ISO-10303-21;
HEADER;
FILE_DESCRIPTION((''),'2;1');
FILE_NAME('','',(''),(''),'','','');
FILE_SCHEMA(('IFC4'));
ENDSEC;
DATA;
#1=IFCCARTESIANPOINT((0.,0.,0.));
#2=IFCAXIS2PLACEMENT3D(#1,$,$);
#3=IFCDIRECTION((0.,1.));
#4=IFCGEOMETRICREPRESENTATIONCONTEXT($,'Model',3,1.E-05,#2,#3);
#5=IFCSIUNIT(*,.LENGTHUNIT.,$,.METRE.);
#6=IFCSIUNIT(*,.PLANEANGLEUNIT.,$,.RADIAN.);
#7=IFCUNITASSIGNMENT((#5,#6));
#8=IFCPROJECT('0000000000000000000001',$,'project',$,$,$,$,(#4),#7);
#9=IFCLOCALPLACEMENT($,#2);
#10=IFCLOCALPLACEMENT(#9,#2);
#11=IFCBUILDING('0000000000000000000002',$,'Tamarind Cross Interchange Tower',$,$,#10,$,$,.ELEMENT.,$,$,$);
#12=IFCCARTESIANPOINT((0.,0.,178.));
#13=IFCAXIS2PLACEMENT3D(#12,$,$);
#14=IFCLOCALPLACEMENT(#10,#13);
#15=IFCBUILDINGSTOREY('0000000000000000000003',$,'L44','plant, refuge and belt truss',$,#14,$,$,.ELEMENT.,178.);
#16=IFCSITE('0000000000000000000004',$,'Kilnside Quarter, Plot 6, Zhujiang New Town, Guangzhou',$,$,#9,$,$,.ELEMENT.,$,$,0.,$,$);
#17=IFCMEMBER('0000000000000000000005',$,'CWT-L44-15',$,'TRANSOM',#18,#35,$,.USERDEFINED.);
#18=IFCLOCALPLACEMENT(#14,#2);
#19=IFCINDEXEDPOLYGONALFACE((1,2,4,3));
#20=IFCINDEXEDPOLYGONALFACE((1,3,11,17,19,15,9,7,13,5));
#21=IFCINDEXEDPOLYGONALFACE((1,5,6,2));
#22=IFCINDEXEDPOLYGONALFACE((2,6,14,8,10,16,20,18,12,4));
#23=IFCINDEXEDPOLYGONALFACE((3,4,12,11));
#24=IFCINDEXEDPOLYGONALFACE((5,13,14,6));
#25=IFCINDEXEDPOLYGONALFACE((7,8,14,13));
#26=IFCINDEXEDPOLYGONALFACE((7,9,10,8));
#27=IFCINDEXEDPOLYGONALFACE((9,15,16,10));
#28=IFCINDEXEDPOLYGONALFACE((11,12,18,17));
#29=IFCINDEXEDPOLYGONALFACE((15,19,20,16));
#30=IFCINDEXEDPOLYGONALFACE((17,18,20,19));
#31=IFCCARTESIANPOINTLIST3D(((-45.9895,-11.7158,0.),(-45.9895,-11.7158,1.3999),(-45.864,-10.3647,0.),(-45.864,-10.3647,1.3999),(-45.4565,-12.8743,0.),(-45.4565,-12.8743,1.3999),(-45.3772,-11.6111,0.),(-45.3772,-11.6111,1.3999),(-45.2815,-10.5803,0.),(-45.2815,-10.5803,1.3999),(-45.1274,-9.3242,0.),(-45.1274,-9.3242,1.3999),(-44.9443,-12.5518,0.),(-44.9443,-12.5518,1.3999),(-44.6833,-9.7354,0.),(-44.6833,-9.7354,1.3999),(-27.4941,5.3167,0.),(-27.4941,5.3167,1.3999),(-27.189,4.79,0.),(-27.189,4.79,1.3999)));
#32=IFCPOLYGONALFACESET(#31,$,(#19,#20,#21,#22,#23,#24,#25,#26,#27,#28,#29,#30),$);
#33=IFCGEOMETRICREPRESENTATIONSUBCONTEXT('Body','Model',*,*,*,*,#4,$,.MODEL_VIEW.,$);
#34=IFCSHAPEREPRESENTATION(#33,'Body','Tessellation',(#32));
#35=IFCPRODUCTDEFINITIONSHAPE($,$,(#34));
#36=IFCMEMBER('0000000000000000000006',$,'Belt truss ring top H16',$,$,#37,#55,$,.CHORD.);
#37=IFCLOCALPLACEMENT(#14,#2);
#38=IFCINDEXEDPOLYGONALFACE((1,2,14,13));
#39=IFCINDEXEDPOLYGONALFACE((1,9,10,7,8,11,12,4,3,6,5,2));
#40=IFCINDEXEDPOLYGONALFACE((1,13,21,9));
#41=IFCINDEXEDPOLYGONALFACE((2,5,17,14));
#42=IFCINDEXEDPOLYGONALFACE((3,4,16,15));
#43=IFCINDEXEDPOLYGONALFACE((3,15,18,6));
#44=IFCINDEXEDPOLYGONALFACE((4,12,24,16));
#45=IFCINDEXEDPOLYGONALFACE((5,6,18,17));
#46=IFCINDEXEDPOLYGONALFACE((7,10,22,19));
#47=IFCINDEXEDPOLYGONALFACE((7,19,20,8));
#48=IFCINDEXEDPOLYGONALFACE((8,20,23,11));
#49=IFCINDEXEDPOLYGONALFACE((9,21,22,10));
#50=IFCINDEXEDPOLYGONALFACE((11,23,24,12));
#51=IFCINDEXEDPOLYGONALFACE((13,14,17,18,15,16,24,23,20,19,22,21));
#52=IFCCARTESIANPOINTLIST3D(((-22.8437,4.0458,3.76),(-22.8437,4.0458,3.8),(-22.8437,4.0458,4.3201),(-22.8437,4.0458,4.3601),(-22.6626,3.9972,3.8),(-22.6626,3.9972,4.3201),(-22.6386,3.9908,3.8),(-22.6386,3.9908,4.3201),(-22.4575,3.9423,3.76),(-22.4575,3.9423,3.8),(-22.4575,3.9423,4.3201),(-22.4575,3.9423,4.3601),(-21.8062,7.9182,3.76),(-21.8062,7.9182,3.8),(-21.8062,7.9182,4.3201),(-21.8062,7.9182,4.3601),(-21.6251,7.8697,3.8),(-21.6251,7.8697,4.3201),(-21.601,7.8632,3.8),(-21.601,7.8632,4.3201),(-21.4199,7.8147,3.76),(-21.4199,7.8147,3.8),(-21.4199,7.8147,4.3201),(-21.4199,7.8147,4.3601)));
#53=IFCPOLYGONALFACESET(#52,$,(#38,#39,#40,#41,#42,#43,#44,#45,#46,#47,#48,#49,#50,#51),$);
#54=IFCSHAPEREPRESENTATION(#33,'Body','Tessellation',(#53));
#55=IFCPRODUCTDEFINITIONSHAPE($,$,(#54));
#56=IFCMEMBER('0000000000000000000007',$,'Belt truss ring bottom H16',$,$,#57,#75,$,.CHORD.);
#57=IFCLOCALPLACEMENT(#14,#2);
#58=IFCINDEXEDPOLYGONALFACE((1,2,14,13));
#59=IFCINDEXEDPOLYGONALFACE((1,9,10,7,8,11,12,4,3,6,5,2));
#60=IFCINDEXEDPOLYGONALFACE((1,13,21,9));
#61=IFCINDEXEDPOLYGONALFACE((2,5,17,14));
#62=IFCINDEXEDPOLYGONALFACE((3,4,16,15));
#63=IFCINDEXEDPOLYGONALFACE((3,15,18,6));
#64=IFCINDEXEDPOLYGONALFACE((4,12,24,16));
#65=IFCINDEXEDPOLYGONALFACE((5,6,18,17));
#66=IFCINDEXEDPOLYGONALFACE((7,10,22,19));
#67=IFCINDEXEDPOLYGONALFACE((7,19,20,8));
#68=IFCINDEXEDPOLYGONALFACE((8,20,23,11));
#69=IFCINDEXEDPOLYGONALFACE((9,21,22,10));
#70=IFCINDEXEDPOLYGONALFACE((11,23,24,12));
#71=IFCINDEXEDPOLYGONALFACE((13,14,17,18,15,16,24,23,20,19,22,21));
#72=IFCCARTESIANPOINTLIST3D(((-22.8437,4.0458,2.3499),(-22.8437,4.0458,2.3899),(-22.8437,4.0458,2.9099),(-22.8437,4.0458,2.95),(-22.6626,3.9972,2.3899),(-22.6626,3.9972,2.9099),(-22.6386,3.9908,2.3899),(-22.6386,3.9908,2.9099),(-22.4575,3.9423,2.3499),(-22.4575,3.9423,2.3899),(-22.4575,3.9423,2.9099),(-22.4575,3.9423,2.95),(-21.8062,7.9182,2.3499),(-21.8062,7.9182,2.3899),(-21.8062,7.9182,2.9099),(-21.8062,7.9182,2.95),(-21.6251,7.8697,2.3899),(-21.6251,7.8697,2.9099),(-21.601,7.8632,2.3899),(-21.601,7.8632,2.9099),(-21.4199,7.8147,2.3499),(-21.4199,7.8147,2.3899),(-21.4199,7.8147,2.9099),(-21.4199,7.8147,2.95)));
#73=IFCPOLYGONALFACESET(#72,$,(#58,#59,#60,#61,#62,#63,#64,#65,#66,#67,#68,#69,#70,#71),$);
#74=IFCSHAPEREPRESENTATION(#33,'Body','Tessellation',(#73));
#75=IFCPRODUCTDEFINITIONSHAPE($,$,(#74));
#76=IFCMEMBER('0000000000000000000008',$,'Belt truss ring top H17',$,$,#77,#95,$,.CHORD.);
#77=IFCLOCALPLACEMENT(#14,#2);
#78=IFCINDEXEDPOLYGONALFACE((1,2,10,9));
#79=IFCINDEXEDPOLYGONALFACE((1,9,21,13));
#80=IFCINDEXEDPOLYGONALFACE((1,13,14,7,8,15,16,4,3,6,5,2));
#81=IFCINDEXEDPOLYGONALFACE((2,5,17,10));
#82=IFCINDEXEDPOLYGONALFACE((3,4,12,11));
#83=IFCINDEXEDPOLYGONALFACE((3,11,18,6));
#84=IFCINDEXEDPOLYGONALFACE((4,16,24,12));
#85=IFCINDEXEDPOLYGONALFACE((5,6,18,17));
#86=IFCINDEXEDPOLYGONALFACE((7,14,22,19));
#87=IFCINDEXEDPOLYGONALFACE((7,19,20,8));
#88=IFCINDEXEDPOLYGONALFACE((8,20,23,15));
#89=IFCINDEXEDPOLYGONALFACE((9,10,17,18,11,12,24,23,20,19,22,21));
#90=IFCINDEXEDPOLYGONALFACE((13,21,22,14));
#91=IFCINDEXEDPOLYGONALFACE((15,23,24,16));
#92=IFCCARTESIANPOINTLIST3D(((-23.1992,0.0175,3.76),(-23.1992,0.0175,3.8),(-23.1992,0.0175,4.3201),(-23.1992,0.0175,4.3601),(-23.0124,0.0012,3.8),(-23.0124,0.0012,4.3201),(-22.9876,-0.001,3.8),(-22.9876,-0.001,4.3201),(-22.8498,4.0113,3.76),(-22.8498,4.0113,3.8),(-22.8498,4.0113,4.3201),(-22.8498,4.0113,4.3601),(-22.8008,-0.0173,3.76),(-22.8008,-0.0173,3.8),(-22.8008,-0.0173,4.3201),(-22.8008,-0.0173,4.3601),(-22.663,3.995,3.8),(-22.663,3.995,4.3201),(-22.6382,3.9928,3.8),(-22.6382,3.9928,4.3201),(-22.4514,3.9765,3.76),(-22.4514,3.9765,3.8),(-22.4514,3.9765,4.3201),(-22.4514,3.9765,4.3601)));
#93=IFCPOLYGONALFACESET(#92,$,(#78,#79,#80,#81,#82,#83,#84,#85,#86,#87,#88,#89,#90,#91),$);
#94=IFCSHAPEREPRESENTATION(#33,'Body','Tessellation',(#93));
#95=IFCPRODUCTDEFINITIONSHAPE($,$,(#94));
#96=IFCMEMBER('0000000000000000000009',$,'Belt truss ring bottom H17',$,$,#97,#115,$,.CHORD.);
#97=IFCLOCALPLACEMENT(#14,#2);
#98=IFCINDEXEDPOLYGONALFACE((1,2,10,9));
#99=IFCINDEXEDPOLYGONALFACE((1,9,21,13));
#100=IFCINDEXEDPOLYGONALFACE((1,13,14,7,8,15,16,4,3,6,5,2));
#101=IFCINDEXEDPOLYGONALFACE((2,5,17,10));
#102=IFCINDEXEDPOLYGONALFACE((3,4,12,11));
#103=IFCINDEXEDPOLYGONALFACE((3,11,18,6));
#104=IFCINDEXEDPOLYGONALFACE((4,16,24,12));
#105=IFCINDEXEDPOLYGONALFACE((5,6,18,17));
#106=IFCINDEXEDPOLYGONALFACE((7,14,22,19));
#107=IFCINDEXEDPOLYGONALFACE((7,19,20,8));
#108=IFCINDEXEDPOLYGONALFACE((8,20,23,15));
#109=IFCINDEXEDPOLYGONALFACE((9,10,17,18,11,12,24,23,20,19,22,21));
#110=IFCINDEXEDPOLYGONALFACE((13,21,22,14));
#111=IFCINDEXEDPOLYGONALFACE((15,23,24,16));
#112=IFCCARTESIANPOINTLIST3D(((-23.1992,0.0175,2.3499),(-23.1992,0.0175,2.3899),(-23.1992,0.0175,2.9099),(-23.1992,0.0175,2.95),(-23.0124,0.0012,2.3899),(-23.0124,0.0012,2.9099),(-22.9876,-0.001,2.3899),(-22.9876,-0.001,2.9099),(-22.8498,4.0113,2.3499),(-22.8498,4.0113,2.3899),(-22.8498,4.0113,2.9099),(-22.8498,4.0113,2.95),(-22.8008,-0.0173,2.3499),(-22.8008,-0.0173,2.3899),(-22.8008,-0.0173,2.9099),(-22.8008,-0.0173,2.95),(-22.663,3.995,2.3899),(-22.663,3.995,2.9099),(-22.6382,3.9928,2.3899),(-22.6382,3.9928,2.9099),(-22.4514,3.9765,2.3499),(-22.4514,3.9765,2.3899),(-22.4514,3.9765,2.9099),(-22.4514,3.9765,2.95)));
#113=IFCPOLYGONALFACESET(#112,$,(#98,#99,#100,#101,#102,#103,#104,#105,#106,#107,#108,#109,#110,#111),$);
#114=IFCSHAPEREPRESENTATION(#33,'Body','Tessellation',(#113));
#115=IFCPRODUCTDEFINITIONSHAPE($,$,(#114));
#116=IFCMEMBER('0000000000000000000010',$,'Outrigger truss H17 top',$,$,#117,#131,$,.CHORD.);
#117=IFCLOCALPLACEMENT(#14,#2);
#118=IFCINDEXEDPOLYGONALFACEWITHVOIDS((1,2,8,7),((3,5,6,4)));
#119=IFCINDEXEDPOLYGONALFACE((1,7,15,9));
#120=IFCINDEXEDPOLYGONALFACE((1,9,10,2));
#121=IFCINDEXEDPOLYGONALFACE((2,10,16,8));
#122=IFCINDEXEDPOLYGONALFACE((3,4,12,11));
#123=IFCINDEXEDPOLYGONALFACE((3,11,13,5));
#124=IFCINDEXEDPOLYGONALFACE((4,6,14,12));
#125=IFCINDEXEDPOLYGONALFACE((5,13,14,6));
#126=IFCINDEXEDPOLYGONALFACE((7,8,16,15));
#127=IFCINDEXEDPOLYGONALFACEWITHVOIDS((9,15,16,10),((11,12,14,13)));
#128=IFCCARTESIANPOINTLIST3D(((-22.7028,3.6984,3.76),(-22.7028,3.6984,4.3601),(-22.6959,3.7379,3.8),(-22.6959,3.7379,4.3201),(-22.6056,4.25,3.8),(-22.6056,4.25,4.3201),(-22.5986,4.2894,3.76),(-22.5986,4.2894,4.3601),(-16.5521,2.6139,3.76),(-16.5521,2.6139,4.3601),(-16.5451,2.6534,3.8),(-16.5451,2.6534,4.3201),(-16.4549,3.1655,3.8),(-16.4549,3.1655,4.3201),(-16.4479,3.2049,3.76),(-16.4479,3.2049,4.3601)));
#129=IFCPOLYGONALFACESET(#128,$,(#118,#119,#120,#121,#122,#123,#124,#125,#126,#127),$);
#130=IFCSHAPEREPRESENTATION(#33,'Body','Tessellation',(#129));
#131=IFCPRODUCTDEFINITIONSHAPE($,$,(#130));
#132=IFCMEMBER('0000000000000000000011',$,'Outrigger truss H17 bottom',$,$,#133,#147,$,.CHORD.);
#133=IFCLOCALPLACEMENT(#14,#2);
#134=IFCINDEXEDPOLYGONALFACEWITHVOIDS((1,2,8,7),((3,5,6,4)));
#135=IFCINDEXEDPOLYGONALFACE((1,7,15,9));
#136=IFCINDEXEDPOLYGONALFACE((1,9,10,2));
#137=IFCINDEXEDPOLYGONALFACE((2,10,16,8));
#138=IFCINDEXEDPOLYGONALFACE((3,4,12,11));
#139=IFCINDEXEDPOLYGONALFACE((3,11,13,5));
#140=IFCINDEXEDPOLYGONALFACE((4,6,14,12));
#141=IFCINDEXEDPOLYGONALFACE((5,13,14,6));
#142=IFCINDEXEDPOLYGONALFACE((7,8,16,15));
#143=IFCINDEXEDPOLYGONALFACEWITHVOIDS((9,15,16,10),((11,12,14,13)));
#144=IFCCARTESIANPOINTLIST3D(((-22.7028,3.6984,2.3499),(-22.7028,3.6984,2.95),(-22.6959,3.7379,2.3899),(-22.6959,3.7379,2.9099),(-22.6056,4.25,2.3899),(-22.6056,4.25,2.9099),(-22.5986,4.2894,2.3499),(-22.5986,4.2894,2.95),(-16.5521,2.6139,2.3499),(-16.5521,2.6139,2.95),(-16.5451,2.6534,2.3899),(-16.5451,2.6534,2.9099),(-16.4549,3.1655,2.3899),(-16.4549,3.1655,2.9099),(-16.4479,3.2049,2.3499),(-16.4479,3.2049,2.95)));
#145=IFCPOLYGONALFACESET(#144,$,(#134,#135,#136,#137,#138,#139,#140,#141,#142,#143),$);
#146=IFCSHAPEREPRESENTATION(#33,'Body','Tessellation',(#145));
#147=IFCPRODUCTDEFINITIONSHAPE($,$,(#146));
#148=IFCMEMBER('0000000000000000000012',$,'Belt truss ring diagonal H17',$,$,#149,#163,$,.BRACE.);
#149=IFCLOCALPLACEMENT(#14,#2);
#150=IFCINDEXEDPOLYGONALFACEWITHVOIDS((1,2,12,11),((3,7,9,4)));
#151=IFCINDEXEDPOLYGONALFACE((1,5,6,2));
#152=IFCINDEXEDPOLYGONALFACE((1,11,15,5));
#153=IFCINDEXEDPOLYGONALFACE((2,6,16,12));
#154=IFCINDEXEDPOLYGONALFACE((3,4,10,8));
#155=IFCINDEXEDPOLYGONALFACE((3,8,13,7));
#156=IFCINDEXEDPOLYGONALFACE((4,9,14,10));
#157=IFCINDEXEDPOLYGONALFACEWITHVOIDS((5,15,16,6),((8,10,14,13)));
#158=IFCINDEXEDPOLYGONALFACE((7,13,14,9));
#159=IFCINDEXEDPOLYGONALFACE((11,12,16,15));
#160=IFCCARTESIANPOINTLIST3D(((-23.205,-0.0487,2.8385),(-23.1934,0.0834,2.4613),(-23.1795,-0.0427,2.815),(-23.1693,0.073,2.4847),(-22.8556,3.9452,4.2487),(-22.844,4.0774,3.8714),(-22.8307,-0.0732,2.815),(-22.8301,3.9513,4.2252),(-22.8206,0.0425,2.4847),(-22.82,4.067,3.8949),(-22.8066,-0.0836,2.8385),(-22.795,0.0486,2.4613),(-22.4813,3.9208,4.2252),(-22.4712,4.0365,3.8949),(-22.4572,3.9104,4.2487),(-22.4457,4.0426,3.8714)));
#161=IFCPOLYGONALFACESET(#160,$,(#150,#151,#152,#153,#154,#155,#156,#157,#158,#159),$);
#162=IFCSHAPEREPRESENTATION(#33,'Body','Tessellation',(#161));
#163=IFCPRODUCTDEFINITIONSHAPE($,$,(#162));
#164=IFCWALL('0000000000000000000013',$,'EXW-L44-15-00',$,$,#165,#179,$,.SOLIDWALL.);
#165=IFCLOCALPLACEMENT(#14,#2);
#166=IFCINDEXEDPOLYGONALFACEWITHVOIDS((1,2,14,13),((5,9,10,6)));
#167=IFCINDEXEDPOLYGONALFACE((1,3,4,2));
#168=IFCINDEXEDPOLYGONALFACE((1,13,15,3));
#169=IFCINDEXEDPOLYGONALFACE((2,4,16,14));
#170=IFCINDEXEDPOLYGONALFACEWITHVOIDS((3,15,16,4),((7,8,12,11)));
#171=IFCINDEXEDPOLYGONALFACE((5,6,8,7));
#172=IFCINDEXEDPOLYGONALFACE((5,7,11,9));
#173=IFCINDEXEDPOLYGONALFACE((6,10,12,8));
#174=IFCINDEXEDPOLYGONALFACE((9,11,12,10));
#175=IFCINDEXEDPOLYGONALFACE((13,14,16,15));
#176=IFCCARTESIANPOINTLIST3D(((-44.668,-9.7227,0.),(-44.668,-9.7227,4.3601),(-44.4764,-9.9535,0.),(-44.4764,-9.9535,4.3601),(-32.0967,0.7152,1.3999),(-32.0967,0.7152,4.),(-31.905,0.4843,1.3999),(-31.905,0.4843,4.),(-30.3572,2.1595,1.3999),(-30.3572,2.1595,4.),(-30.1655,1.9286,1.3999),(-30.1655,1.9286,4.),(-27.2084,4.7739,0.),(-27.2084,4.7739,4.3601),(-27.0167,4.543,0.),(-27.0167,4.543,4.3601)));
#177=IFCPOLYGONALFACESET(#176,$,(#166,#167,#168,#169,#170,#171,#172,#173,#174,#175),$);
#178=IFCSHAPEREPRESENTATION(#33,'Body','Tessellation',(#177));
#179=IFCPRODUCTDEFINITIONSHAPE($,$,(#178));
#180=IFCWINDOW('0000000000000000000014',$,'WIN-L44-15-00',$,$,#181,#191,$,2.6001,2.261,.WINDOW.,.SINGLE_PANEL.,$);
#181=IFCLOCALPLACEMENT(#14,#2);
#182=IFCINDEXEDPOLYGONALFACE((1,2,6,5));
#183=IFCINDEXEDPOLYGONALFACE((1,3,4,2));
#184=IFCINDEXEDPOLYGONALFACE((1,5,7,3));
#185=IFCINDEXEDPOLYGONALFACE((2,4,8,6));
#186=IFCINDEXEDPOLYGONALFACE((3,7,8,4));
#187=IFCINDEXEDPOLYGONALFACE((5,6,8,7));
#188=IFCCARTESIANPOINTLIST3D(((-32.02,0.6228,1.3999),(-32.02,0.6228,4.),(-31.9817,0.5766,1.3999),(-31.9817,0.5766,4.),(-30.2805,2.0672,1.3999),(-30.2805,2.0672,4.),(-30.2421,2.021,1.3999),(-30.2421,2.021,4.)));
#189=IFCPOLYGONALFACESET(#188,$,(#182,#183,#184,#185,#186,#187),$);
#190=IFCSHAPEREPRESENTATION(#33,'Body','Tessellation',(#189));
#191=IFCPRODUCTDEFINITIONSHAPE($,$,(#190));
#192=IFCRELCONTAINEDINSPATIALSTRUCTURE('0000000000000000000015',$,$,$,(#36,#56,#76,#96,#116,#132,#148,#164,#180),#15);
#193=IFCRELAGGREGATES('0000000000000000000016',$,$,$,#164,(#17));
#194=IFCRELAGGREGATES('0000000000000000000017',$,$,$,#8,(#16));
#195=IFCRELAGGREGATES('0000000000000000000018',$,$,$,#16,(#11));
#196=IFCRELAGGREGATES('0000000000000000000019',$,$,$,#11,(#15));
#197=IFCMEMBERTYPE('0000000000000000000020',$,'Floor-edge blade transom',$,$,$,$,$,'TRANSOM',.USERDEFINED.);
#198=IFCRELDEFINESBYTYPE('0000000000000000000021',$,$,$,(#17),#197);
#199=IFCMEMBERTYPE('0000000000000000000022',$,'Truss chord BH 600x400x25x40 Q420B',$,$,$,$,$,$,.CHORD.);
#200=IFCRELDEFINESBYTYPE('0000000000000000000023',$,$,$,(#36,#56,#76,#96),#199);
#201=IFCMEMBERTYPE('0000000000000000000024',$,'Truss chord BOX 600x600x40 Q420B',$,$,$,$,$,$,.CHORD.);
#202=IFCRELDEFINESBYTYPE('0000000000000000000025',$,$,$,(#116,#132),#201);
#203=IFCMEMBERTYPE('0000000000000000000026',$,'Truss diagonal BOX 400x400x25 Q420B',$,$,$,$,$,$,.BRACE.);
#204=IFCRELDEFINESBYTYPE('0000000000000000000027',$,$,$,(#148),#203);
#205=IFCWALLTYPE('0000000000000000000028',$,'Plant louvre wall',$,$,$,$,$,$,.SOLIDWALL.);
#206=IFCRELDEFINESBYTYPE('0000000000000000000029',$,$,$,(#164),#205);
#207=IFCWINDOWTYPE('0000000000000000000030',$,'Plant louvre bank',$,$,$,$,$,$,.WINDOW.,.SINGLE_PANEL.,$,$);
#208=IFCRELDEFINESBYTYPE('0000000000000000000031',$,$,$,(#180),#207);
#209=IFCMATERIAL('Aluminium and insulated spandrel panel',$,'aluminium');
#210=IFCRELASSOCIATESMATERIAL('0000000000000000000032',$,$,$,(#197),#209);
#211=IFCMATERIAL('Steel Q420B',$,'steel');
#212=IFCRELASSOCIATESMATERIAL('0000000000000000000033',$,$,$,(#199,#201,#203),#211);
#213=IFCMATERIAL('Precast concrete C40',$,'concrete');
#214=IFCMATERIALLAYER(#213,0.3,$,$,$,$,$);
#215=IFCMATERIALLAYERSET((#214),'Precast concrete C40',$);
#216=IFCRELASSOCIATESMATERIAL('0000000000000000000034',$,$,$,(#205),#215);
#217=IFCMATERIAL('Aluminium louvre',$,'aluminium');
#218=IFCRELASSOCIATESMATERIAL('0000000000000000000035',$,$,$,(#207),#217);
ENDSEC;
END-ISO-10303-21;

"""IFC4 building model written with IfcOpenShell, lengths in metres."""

from ifc_helpers import new_model, si_unit, direction, frame, frame_2d, origin, origin_2d, place, context, subcontext, project, spatial, polyline, rectangle, hollow_rectangle, i_section, outline, extrude, material, layer, layer_set, material_profile, profile_set, type_object, element, fill, aggregate, save


model = new_model("IFC4")

# Units and contexts
model_context = context("Model", 3, precision=1e-05, world=origin(), true_north=direction((0.0, 1.0)))
body_context = subcontext(model_context, "Body", "Model", "MODEL_VIEW")
ifc_project = project(units=[si_unit("LENGTHUNIT", "METRE"), si_unit("PLANEANGLEUNIT", "RADIAN")], contexts=[model_context])

# Site, building, storey
site_placement = place(None, origin())
site = spatial("IfcSite", under=ifc_project, at=site_placement, Name="Kilnside Quarter, Plot 6, Zhujiang New Town, Guangzhou", CompositionType="ELEMENT", RefElevation=0.0)
building_placement = place(site_placement, origin())
building = spatial("IfcBuilding", under=site, at=building_placement, Name="Tamarind Cross Interchange Tower", CompositionType="ELEMENT")
storey_placement = place(building_placement, frame((0.0, 0.0, 178.0)))
storey = spatial("IfcBuildingStorey", under=building, at=storey_placement, Name="L44", Description="plant, refuge and belt truss", CompositionType="ELEMENT", Elevation=178.0)

# Member
ifc_material_1 = material(Name="Aluminium and insulated spandrel panel", Category="aluminium")
member_type_1 = type_object("IfcMemberType", Name="Floor-edge blade transom", ElementType="TRANSOM", PredefinedType="USERDEFINED", material=ifc_material_1)
member_1_placement = place(storey_placement, origin())
member_1 = element("IfcMember", 1, at=member_1_placement, type_object=member_type_1, Name="CWT-L44-15", ObjectType="TRANSOM", PredefinedType="USERDEFINED", context=body_context, shape_type="SweptSolid", body=[
    extrude(outline(polyline([(-27.189, 4.79), (-44.6833, -9.7354), (-45.2815, -10.5803), (-45.3772, -11.6111), (-44.9443, -12.5518), (-45.4565, -12.8743), (-45.9895, -11.7158), (-45.864, -10.3647), (-45.1274, -9.3242), (-27.4941, 5.3167), (-27.189, 4.79)])), origin(), (0.0, 0.0, 1.0), 1.3999),
])

# Members
ifc_material_2 = material(Name="Steel Q420B", Category="steel")
ifc_material_profile_1 = material_profile(ifc_material_2, i_section(OverallWidth=0.3999, OverallDepth=0.6001, WebThickness=0.0249, FlangeThickness=0.04, at=origin_2d()), Name="BH 600x400x25x40")
ifc_profile_set_1 = profile_set([ifc_material_profile_1], Name="Steel Q420B")
member_type_2 = type_object("IfcMemberType", Name="Truss chord BH 600x400x25x40 Q420B", PredefinedType="CHORD", material=ifc_profile_set_1)
for number, where, z_axis, x_axis, name in (
    (2, (-21.613, 7.8665, 4.0601), (-0.258807, -0.965929, 0.0), (0.965929, -0.258807, 0.0), "Belt truss ring top H16"),
    (3, (-21.613, 7.8665, 2.6499), (-0.258807, -0.965929, 0.0), (0.965929, -0.258807, 0.0), "Belt truss ring bottom H16"),
    (4, (-22.6506, 3.9939, 4.0601), (-0.087142, -0.996196, 0.0), (0.996196, -0.087142, 0.0), "Belt truss ring top H17"),
    (5, (-22.6506, 3.9939, 2.6499), (-0.087142, -0.996196, 0.0), (0.996196, -0.087142, 0.0), "Belt truss ring bottom H17"),
):
    element("IfcMember", number, at=place(storey_placement, frame(where, z_axis=z_axis, x_axis=x_axis)), inside=storey, type_object=member_type_2, Name=name, PredefinedType="CHORD", context=body_context, shape_type="SweptSolid", body=[
        extrude(i_section(OverallWidth=0.3999, OverallDepth=0.6001, WebThickness=0.0249, FlangeThickness=0.04, at=origin_2d()), origin(), (0.0, 0.0, 1.0), 4.009),
    ])
ifc_material_profile_2 = material_profile(ifc_material_2, hollow_rectangle(XDim=0.6001, YDim=0.6001, WallThickness=0.04, at=origin_2d()), Name="BOX 600x600x40")
ifc_profile_set_2 = profile_set([ifc_material_profile_2], Name="Steel Q420B")
member_type_3 = type_object("IfcMemberType", Name="Truss chord BOX 600x600x40 Q420B", PredefinedType="CHORD", material=ifc_profile_set_2)
for number, where, z_axis, x_axis, name in (
    (6, (-16.5, 2.9094, 4.0601), (-0.984809, 0.17364, 0.0), (-0.17364, -0.984809, 0.0), "Outrigger truss H17 top"),
    (7, (-16.5, 2.9094, 2.6499), (-0.984809, 0.17364, 0.0), (-0.17364, -0.984809, 0.0), "Outrigger truss H17 bottom"),
):
    element("IfcMember", number, at=place(storey_placement, frame(where, z_axis=z_axis, x_axis=x_axis)), inside=storey, type_object=member_type_3, Name=name, PredefinedType="CHORD", context=body_context, shape_type="SweptSolid", body=[
        extrude(hollow_rectangle(XDim=0.6001, YDim=0.6001, WallThickness=0.04, at=origin_2d()), origin(), (0.0, 0.0, 1.0), 6.2456),
    ])
ifc_material_profile_3 = material_profile(ifc_material_2, hollow_rectangle(XDim=0.3999, YDim=0.3999, WallThickness=0.0249, at=origin_2d()), Name="BOX 400x400x25")
ifc_profile_set_3 = profile_set([ifc_material_profile_3], Name="Steel Q420B")
member_type_4 = type_object("IfcMemberType", Name="Truss diagonal BOX 400x400x25 Q420B", PredefinedType="BRACE", material=ifc_profile_set_3)
for number, where, z_axis, x_axis, name in (
    (8, (-22.6506, 3.9939, 4.0601), (-0.082205, -0.939758, -0.331808), (0.996196, -0.087142, 0.0), "Belt truss ring diagonal H17"),
):
    element("IfcMember", number, at=place(storey_placement, frame(where, z_axis=z_axis, x_axis=x_axis)), inside=storey, type_object=member_type_4, Name=name, PredefinedType="BRACE", context=body_context, shape_type="SweptSolid", body=[
        extrude(hollow_rectangle(XDim=0.3999, YDim=0.3999, WallThickness=0.0249, at=origin_2d()), origin(), (0.0, 0.0, 1.0), 4.25),
    ])

# Shared definitions
ifc_material_3 = material(Name="Precast concrete C40", Category="concrete")
ifc_layer_1 = layer(ifc_material_3, 0.3)
ifc_layer_set_1 = layer_set([ifc_layer_1], Name="Precast concrete C40")
wall_type_1 = type_object("IfcWallType", Name="Plant louvre wall", PredefinedType="SOLIDWALL", material=ifc_layer_set_1)

# Wall, opening, window
wall_1_placement = place(storey_placement, frame((-27.1125, 4.6584, 0.0), z_axis=(0.0, 0.0, 1.0), x_axis=(-0.769373, -0.6388, 0.0)))
wall_1 = element("IfcWall", 9, at=wall_1_placement, inside=storey, type_object=wall_type_1, Name="EXW-L44-15-00", PredefinedType="SOLIDWALL", context=body_context, shape_type="SweptSolid", body=[
    extrude(rectangle(XDim=22.6934, YDim=0.3, at=frame_2d((11.3467, 0.0))), origin(), (0.0, 0.0, 1.0), 4.3601),
])
opening_1_placement = place(wall_1_placement, frame((4.0928, 0.0, 1.3999)))
opening_1 = element("IfcOpeningElement", 10, at=opening_1_placement, cuts=wall_1, PredefinedType="OPENING", context=body_context, shape_type="SweptSolid", body=[
    extrude(rectangle(XDim=2.261, YDim=2.6001, at=frame_2d((1.1304, 1.3))), frame((0.0, 0.1599, 0.0), z_axis=(0.0, -1.0, 0.0), x_axis=(1.0, 0.0, 0.0)), (0.0, 0.0, 1.0), 0.3201),
])
ifc_material_4 = material(Name="Aluminium louvre", Category="aluminium")
window_type_1 = type_object("IfcWindowType", Name="Plant louvre bank", PartitioningType="SINGLE_PANEL", PredefinedType="WINDOW", material=ifc_material_4)
window_1_placement = place(opening_1_placement, origin())
window_1 = element("IfcWindow", 11, at=window_1_placement, inside=storey, type_object=window_type_1, Name="WIN-L44-15-00", OverallHeight=2.6001, OverallWidth=2.261, PartitioningType="SINGLE_PANEL", PredefinedType="WINDOW", context=body_context, shape_type="SweptSolid", body=[
    extrude(rectangle(XDim=2.261, YDim=2.6001, at=frame_2d((1.1304, 1.3))), frame((0.0, 0.03, 0.0), z_axis=(0.0, -1.0, 0.0), x_axis=(1.0, 0.0, 0.0)), (0.0, 0.0, 1.0), 0.0601),
])
fill(opening_1, window_1)
aggregate(wall_1, [member_1])

save(model, "model.ifc")
